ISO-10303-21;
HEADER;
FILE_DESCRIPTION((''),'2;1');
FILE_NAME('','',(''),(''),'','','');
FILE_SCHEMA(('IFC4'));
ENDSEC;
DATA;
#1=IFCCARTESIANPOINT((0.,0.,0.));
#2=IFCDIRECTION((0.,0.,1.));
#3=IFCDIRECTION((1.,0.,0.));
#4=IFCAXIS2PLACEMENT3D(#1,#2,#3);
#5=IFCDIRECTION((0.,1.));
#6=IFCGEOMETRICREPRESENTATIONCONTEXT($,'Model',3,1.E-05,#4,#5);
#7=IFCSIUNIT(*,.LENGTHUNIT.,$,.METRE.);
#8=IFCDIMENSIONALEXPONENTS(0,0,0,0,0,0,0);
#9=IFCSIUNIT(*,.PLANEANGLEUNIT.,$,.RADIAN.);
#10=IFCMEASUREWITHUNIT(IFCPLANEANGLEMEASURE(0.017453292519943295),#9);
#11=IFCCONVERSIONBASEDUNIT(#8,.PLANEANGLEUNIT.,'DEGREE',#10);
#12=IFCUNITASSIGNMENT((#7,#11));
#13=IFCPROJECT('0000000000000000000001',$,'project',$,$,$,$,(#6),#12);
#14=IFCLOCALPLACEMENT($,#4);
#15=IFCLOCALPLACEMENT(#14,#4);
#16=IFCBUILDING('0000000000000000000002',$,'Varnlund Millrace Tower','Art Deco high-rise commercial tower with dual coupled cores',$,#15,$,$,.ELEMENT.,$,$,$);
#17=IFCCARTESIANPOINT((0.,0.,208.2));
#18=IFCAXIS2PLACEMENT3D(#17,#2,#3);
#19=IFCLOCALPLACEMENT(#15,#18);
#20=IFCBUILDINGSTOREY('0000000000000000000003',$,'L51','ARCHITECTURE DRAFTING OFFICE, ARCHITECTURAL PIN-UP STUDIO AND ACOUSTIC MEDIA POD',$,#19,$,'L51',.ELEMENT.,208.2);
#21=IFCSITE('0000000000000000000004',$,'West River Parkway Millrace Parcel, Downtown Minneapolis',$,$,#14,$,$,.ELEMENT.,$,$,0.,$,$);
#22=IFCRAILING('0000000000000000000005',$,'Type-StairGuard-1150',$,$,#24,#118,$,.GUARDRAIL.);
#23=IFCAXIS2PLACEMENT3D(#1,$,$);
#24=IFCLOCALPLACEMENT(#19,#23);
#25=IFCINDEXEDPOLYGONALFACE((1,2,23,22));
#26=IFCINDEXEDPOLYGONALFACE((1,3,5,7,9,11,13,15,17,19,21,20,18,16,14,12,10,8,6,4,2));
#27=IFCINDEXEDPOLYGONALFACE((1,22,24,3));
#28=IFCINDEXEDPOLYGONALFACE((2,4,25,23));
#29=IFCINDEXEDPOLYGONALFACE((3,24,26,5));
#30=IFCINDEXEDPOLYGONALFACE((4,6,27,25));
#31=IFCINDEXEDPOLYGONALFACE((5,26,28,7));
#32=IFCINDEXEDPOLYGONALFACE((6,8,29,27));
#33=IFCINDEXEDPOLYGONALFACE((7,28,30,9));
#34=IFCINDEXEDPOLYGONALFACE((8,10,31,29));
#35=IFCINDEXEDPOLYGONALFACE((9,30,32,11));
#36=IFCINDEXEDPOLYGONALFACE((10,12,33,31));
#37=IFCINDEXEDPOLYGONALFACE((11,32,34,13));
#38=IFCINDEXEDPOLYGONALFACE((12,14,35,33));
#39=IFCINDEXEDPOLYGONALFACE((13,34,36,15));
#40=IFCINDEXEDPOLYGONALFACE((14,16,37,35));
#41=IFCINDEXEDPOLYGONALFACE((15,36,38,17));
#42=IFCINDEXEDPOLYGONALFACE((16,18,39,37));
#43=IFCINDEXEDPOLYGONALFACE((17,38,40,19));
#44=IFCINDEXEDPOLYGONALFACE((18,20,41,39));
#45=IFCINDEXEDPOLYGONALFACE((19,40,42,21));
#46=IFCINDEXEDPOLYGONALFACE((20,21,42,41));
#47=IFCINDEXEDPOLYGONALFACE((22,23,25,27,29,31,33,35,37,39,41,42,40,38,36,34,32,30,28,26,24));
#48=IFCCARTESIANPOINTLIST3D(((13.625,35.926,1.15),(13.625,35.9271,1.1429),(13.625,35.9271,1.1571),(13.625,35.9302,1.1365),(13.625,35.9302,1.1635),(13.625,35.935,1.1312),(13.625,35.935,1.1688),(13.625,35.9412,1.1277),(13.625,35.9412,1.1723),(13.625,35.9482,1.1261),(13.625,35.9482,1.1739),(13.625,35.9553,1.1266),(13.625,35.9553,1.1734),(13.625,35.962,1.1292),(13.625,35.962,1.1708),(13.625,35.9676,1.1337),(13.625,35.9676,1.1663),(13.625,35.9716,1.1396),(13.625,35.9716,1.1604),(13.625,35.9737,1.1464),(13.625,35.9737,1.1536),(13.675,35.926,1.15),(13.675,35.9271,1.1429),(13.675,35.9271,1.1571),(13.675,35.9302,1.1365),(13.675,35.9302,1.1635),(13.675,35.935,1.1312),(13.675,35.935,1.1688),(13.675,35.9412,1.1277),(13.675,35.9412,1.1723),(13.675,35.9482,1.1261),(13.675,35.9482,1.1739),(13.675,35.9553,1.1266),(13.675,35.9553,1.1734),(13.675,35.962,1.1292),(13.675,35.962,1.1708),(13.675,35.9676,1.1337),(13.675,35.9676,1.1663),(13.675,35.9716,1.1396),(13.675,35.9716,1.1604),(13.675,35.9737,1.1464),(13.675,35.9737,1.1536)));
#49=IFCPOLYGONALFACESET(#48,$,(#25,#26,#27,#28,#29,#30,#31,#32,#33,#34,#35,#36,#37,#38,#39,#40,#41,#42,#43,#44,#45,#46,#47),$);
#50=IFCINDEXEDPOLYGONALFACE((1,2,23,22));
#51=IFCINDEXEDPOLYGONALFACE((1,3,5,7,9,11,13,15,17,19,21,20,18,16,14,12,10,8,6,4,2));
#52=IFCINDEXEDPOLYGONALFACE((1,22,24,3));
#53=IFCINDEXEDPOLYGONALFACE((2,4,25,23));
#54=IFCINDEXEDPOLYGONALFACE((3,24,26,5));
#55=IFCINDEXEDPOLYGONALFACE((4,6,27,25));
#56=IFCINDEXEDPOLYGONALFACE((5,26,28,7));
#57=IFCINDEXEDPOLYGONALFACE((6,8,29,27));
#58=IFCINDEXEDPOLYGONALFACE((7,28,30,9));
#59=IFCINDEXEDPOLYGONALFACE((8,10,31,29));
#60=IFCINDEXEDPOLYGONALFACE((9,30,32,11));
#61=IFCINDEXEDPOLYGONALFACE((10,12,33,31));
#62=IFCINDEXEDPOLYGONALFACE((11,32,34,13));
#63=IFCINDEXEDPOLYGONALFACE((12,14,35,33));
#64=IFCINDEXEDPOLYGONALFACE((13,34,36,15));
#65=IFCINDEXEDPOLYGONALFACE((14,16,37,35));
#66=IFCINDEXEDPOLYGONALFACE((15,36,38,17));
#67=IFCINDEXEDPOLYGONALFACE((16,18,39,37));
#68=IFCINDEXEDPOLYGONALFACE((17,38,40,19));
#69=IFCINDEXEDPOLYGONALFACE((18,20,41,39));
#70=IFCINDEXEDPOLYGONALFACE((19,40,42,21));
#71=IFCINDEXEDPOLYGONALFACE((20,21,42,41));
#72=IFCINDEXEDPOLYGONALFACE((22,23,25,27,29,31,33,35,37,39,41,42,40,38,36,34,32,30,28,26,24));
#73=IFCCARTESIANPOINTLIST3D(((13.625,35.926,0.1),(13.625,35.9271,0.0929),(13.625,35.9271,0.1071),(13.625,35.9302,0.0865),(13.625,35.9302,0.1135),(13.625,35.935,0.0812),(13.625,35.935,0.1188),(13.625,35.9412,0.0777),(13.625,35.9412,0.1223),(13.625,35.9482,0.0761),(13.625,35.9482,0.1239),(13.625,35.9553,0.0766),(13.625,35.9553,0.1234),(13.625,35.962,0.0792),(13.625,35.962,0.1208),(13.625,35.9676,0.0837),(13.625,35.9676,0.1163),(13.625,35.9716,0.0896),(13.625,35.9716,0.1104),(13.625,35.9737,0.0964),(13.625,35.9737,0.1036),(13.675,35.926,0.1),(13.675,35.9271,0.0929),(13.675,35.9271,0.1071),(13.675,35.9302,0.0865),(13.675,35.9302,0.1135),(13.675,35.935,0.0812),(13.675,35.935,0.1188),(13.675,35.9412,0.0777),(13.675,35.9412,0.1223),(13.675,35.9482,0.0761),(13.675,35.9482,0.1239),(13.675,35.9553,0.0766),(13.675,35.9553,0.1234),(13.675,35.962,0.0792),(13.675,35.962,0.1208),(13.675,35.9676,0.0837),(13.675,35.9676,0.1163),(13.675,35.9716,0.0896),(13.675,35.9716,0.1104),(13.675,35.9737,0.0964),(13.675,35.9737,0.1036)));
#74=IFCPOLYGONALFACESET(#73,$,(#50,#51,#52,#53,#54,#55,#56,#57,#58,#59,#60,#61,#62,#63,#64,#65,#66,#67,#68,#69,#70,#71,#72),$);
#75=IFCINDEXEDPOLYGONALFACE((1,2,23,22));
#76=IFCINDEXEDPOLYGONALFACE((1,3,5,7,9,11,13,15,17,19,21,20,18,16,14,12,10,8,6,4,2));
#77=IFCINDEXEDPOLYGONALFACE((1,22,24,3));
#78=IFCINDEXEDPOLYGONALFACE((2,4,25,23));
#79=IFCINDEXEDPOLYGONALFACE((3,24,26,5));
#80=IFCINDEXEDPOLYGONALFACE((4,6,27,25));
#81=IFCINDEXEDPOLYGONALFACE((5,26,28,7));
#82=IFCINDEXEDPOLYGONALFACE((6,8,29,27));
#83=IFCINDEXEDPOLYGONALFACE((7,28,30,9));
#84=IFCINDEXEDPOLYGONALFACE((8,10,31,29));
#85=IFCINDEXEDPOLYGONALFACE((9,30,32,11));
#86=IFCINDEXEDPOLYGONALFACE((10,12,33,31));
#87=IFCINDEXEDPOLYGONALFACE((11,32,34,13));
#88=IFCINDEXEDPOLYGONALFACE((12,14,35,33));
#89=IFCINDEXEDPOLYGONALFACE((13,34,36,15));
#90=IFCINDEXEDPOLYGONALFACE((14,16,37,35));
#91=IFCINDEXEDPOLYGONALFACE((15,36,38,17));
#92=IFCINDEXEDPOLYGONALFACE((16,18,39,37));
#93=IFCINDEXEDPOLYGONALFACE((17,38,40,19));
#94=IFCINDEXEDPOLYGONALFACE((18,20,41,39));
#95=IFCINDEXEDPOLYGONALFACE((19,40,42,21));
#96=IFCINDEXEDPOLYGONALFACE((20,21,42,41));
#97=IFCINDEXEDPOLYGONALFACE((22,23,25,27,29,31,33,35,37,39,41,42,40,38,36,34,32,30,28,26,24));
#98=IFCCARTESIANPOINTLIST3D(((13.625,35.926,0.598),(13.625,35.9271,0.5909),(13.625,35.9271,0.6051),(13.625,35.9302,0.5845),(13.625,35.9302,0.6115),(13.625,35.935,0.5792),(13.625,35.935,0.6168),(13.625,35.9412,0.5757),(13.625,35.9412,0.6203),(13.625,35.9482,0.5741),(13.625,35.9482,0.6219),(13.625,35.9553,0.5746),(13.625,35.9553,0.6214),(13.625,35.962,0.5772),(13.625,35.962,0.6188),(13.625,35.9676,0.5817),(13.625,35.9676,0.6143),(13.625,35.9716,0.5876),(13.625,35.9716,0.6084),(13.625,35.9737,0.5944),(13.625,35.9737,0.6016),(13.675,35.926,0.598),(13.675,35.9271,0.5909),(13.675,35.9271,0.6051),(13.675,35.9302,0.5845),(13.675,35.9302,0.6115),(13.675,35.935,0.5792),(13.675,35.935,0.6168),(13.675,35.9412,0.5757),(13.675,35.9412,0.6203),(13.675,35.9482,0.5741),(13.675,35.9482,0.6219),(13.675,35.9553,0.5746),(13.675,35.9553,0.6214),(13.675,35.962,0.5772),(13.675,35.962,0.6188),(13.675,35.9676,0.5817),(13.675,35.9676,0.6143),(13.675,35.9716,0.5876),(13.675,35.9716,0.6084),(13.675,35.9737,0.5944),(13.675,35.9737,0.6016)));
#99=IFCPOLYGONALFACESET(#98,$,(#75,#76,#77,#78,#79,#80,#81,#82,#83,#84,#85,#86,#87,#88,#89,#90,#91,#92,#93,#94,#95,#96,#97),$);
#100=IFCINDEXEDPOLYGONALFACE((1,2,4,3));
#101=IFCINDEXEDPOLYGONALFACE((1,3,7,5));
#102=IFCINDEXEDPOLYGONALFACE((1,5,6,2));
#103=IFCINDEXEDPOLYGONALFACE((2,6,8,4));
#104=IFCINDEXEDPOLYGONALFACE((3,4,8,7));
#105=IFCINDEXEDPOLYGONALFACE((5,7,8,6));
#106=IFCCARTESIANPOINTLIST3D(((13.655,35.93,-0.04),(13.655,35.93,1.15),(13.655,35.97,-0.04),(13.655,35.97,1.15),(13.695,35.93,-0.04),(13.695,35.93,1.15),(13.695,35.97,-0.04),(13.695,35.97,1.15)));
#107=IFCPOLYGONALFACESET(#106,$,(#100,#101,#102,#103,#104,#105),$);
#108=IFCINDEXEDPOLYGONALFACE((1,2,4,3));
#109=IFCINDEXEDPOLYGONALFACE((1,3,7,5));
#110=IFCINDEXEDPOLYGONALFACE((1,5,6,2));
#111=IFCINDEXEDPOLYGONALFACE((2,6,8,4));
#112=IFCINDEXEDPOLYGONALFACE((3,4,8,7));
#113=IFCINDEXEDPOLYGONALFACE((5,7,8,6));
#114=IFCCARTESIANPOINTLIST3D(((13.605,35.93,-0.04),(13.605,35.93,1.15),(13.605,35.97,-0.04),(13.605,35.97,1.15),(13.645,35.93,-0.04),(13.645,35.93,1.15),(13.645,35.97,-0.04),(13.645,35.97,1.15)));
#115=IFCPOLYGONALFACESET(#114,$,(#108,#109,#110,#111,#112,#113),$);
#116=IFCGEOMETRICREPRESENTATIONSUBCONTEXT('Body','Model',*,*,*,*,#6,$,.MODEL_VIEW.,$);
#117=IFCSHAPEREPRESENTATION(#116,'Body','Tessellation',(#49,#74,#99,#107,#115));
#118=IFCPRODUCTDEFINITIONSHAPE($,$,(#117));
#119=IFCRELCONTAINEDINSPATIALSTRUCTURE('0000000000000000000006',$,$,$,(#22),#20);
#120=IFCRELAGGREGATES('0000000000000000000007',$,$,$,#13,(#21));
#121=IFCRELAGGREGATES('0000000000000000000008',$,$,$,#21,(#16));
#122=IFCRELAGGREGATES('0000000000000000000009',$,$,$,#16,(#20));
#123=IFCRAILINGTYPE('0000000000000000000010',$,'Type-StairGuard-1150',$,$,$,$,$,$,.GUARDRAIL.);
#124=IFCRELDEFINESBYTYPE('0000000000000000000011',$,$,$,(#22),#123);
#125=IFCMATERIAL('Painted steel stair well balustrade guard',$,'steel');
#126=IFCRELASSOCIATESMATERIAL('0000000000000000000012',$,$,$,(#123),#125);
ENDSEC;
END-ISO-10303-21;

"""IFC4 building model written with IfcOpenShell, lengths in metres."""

from ifc_helpers import new_model, entity, si_unit, converted_unit, direction, frame, origin_with_axes, origin_2d_with_axis, place, context, subcontext, project, spatial, rectangle, circle, extrude, material, type_object, element, save


model = new_model("IFC4")

# Units and contexts
model_context = context("Model", 3, precision=1e-05, world=origin_with_axes(), true_north=direction((0.0, 1.0)))
body_context = subcontext(model_context, "Body", "Model", "MODEL_VIEW")
ifc_project = project(units=[si_unit("LENGTHUNIT", "METRE"), converted_unit("PLANEANGLEUNIT", "DEGREE", entity("IfcPlaneAngleMeasure", 0.017453292519943295), si_unit("PLANEANGLEUNIT", "RADIAN"), dimensions=[0, 0, 0, 0, 0, 0, 0])], contexts=[model_context])

# Site, building, storey
site_placement = place(None, origin_with_axes())
site = spatial("IfcSite", under=ifc_project, at=site_placement, Name="West River Parkway Millrace Parcel, Downtown Minneapolis", CompositionType="ELEMENT", RefElevation=0.0)
building_placement = place(site_placement, origin_with_axes())
building = spatial("IfcBuilding", under=site, at=building_placement, Name="Varnlund Millrace Tower", Description="Art Deco high-rise commercial tower with dual coupled cores", CompositionType="ELEMENT")
storey_placement = place(building_placement, frame((0.0, 0.0, 208.2), z_axis=(0.0, 0.0, 1.0), x_axis=(1.0, 0.0, 0.0)))
storey = spatial("IfcBuildingStorey", under=building, at=storey_placement, Name="L51", Description="ARCHITECTURE DRAFTING OFFICE, ARCHITECTURAL PIN-UP STUDIO AND ACOUSTIC MEDIA POD", LongName="L51", CompositionType="ELEMENT", Elevation=208.2)

# Railing
ifc_material_1 = material(Name="Painted steel stair well balustrade guard", Category="steel")
railing_type_1 = type_object("IfcRailingType", Name="Type-StairGuard-1150", PredefinedType="GUARDRAIL", material=ifc_material_1)
railing_1_placement = place(storey_placement, frame((0.0, 0.0, -208.2), z_axis=(0.0, 0.0, 1.0), x_axis=(1.0, 0.0, 0.0)))
element("IfcRailing", 1, at=railing_1_placement, inside=storey, type_object=railing_type_1, Name="Type-StairGuard-1150", PredefinedType="GUARDRAIL", context=body_context, shape_type="SweptSolid", body=[
    extrude(circle(Radius=0.024, at=origin_2d_with_axis()), frame((13.675, 35.95, 209.35), z_axis=(-1.0, 0.0, 0.0), x_axis=(0.0, -1.0, 0.0)), (0.0, 0.0, 1.0), 0.05),
    extrude(circle(Radius=0.024, at=origin_2d_with_axis()), frame((13.675, 35.95, 208.3), z_axis=(-1.0, 0.0, 0.0), x_axis=(0.0, -1.0, 0.0)), (0.0, 0.0, 1.0), 0.05),
    extrude(circle(Radius=0.024, at=origin_2d_with_axis()), frame((13.675, 35.95, 208.798), z_axis=(-1.0, 0.0, 0.0), x_axis=(0.0, -1.0, 0.0)), (0.0, 0.0, 1.0), 0.05),
    extrude(rectangle(XDim=0.04, YDim=0.04, at=origin_2d_with_axis()), frame((13.675, 35.95, 208.16), z_axis=(0.0, 0.0, 1.0), x_axis=(1.0, 0.0, 0.0)), (0.0, 0.0, 1.0), 1.19),
    extrude(rectangle(XDim=0.04, YDim=0.04, at=origin_2d_with_axis()), frame((13.625, 35.95, 208.16), z_axis=(0.0, 0.0, 1.0), x_axis=(1.0, 0.0, 0.0)), (0.0, 0.0, 1.0), 1.19),
])

save(model, "model.ifc")
